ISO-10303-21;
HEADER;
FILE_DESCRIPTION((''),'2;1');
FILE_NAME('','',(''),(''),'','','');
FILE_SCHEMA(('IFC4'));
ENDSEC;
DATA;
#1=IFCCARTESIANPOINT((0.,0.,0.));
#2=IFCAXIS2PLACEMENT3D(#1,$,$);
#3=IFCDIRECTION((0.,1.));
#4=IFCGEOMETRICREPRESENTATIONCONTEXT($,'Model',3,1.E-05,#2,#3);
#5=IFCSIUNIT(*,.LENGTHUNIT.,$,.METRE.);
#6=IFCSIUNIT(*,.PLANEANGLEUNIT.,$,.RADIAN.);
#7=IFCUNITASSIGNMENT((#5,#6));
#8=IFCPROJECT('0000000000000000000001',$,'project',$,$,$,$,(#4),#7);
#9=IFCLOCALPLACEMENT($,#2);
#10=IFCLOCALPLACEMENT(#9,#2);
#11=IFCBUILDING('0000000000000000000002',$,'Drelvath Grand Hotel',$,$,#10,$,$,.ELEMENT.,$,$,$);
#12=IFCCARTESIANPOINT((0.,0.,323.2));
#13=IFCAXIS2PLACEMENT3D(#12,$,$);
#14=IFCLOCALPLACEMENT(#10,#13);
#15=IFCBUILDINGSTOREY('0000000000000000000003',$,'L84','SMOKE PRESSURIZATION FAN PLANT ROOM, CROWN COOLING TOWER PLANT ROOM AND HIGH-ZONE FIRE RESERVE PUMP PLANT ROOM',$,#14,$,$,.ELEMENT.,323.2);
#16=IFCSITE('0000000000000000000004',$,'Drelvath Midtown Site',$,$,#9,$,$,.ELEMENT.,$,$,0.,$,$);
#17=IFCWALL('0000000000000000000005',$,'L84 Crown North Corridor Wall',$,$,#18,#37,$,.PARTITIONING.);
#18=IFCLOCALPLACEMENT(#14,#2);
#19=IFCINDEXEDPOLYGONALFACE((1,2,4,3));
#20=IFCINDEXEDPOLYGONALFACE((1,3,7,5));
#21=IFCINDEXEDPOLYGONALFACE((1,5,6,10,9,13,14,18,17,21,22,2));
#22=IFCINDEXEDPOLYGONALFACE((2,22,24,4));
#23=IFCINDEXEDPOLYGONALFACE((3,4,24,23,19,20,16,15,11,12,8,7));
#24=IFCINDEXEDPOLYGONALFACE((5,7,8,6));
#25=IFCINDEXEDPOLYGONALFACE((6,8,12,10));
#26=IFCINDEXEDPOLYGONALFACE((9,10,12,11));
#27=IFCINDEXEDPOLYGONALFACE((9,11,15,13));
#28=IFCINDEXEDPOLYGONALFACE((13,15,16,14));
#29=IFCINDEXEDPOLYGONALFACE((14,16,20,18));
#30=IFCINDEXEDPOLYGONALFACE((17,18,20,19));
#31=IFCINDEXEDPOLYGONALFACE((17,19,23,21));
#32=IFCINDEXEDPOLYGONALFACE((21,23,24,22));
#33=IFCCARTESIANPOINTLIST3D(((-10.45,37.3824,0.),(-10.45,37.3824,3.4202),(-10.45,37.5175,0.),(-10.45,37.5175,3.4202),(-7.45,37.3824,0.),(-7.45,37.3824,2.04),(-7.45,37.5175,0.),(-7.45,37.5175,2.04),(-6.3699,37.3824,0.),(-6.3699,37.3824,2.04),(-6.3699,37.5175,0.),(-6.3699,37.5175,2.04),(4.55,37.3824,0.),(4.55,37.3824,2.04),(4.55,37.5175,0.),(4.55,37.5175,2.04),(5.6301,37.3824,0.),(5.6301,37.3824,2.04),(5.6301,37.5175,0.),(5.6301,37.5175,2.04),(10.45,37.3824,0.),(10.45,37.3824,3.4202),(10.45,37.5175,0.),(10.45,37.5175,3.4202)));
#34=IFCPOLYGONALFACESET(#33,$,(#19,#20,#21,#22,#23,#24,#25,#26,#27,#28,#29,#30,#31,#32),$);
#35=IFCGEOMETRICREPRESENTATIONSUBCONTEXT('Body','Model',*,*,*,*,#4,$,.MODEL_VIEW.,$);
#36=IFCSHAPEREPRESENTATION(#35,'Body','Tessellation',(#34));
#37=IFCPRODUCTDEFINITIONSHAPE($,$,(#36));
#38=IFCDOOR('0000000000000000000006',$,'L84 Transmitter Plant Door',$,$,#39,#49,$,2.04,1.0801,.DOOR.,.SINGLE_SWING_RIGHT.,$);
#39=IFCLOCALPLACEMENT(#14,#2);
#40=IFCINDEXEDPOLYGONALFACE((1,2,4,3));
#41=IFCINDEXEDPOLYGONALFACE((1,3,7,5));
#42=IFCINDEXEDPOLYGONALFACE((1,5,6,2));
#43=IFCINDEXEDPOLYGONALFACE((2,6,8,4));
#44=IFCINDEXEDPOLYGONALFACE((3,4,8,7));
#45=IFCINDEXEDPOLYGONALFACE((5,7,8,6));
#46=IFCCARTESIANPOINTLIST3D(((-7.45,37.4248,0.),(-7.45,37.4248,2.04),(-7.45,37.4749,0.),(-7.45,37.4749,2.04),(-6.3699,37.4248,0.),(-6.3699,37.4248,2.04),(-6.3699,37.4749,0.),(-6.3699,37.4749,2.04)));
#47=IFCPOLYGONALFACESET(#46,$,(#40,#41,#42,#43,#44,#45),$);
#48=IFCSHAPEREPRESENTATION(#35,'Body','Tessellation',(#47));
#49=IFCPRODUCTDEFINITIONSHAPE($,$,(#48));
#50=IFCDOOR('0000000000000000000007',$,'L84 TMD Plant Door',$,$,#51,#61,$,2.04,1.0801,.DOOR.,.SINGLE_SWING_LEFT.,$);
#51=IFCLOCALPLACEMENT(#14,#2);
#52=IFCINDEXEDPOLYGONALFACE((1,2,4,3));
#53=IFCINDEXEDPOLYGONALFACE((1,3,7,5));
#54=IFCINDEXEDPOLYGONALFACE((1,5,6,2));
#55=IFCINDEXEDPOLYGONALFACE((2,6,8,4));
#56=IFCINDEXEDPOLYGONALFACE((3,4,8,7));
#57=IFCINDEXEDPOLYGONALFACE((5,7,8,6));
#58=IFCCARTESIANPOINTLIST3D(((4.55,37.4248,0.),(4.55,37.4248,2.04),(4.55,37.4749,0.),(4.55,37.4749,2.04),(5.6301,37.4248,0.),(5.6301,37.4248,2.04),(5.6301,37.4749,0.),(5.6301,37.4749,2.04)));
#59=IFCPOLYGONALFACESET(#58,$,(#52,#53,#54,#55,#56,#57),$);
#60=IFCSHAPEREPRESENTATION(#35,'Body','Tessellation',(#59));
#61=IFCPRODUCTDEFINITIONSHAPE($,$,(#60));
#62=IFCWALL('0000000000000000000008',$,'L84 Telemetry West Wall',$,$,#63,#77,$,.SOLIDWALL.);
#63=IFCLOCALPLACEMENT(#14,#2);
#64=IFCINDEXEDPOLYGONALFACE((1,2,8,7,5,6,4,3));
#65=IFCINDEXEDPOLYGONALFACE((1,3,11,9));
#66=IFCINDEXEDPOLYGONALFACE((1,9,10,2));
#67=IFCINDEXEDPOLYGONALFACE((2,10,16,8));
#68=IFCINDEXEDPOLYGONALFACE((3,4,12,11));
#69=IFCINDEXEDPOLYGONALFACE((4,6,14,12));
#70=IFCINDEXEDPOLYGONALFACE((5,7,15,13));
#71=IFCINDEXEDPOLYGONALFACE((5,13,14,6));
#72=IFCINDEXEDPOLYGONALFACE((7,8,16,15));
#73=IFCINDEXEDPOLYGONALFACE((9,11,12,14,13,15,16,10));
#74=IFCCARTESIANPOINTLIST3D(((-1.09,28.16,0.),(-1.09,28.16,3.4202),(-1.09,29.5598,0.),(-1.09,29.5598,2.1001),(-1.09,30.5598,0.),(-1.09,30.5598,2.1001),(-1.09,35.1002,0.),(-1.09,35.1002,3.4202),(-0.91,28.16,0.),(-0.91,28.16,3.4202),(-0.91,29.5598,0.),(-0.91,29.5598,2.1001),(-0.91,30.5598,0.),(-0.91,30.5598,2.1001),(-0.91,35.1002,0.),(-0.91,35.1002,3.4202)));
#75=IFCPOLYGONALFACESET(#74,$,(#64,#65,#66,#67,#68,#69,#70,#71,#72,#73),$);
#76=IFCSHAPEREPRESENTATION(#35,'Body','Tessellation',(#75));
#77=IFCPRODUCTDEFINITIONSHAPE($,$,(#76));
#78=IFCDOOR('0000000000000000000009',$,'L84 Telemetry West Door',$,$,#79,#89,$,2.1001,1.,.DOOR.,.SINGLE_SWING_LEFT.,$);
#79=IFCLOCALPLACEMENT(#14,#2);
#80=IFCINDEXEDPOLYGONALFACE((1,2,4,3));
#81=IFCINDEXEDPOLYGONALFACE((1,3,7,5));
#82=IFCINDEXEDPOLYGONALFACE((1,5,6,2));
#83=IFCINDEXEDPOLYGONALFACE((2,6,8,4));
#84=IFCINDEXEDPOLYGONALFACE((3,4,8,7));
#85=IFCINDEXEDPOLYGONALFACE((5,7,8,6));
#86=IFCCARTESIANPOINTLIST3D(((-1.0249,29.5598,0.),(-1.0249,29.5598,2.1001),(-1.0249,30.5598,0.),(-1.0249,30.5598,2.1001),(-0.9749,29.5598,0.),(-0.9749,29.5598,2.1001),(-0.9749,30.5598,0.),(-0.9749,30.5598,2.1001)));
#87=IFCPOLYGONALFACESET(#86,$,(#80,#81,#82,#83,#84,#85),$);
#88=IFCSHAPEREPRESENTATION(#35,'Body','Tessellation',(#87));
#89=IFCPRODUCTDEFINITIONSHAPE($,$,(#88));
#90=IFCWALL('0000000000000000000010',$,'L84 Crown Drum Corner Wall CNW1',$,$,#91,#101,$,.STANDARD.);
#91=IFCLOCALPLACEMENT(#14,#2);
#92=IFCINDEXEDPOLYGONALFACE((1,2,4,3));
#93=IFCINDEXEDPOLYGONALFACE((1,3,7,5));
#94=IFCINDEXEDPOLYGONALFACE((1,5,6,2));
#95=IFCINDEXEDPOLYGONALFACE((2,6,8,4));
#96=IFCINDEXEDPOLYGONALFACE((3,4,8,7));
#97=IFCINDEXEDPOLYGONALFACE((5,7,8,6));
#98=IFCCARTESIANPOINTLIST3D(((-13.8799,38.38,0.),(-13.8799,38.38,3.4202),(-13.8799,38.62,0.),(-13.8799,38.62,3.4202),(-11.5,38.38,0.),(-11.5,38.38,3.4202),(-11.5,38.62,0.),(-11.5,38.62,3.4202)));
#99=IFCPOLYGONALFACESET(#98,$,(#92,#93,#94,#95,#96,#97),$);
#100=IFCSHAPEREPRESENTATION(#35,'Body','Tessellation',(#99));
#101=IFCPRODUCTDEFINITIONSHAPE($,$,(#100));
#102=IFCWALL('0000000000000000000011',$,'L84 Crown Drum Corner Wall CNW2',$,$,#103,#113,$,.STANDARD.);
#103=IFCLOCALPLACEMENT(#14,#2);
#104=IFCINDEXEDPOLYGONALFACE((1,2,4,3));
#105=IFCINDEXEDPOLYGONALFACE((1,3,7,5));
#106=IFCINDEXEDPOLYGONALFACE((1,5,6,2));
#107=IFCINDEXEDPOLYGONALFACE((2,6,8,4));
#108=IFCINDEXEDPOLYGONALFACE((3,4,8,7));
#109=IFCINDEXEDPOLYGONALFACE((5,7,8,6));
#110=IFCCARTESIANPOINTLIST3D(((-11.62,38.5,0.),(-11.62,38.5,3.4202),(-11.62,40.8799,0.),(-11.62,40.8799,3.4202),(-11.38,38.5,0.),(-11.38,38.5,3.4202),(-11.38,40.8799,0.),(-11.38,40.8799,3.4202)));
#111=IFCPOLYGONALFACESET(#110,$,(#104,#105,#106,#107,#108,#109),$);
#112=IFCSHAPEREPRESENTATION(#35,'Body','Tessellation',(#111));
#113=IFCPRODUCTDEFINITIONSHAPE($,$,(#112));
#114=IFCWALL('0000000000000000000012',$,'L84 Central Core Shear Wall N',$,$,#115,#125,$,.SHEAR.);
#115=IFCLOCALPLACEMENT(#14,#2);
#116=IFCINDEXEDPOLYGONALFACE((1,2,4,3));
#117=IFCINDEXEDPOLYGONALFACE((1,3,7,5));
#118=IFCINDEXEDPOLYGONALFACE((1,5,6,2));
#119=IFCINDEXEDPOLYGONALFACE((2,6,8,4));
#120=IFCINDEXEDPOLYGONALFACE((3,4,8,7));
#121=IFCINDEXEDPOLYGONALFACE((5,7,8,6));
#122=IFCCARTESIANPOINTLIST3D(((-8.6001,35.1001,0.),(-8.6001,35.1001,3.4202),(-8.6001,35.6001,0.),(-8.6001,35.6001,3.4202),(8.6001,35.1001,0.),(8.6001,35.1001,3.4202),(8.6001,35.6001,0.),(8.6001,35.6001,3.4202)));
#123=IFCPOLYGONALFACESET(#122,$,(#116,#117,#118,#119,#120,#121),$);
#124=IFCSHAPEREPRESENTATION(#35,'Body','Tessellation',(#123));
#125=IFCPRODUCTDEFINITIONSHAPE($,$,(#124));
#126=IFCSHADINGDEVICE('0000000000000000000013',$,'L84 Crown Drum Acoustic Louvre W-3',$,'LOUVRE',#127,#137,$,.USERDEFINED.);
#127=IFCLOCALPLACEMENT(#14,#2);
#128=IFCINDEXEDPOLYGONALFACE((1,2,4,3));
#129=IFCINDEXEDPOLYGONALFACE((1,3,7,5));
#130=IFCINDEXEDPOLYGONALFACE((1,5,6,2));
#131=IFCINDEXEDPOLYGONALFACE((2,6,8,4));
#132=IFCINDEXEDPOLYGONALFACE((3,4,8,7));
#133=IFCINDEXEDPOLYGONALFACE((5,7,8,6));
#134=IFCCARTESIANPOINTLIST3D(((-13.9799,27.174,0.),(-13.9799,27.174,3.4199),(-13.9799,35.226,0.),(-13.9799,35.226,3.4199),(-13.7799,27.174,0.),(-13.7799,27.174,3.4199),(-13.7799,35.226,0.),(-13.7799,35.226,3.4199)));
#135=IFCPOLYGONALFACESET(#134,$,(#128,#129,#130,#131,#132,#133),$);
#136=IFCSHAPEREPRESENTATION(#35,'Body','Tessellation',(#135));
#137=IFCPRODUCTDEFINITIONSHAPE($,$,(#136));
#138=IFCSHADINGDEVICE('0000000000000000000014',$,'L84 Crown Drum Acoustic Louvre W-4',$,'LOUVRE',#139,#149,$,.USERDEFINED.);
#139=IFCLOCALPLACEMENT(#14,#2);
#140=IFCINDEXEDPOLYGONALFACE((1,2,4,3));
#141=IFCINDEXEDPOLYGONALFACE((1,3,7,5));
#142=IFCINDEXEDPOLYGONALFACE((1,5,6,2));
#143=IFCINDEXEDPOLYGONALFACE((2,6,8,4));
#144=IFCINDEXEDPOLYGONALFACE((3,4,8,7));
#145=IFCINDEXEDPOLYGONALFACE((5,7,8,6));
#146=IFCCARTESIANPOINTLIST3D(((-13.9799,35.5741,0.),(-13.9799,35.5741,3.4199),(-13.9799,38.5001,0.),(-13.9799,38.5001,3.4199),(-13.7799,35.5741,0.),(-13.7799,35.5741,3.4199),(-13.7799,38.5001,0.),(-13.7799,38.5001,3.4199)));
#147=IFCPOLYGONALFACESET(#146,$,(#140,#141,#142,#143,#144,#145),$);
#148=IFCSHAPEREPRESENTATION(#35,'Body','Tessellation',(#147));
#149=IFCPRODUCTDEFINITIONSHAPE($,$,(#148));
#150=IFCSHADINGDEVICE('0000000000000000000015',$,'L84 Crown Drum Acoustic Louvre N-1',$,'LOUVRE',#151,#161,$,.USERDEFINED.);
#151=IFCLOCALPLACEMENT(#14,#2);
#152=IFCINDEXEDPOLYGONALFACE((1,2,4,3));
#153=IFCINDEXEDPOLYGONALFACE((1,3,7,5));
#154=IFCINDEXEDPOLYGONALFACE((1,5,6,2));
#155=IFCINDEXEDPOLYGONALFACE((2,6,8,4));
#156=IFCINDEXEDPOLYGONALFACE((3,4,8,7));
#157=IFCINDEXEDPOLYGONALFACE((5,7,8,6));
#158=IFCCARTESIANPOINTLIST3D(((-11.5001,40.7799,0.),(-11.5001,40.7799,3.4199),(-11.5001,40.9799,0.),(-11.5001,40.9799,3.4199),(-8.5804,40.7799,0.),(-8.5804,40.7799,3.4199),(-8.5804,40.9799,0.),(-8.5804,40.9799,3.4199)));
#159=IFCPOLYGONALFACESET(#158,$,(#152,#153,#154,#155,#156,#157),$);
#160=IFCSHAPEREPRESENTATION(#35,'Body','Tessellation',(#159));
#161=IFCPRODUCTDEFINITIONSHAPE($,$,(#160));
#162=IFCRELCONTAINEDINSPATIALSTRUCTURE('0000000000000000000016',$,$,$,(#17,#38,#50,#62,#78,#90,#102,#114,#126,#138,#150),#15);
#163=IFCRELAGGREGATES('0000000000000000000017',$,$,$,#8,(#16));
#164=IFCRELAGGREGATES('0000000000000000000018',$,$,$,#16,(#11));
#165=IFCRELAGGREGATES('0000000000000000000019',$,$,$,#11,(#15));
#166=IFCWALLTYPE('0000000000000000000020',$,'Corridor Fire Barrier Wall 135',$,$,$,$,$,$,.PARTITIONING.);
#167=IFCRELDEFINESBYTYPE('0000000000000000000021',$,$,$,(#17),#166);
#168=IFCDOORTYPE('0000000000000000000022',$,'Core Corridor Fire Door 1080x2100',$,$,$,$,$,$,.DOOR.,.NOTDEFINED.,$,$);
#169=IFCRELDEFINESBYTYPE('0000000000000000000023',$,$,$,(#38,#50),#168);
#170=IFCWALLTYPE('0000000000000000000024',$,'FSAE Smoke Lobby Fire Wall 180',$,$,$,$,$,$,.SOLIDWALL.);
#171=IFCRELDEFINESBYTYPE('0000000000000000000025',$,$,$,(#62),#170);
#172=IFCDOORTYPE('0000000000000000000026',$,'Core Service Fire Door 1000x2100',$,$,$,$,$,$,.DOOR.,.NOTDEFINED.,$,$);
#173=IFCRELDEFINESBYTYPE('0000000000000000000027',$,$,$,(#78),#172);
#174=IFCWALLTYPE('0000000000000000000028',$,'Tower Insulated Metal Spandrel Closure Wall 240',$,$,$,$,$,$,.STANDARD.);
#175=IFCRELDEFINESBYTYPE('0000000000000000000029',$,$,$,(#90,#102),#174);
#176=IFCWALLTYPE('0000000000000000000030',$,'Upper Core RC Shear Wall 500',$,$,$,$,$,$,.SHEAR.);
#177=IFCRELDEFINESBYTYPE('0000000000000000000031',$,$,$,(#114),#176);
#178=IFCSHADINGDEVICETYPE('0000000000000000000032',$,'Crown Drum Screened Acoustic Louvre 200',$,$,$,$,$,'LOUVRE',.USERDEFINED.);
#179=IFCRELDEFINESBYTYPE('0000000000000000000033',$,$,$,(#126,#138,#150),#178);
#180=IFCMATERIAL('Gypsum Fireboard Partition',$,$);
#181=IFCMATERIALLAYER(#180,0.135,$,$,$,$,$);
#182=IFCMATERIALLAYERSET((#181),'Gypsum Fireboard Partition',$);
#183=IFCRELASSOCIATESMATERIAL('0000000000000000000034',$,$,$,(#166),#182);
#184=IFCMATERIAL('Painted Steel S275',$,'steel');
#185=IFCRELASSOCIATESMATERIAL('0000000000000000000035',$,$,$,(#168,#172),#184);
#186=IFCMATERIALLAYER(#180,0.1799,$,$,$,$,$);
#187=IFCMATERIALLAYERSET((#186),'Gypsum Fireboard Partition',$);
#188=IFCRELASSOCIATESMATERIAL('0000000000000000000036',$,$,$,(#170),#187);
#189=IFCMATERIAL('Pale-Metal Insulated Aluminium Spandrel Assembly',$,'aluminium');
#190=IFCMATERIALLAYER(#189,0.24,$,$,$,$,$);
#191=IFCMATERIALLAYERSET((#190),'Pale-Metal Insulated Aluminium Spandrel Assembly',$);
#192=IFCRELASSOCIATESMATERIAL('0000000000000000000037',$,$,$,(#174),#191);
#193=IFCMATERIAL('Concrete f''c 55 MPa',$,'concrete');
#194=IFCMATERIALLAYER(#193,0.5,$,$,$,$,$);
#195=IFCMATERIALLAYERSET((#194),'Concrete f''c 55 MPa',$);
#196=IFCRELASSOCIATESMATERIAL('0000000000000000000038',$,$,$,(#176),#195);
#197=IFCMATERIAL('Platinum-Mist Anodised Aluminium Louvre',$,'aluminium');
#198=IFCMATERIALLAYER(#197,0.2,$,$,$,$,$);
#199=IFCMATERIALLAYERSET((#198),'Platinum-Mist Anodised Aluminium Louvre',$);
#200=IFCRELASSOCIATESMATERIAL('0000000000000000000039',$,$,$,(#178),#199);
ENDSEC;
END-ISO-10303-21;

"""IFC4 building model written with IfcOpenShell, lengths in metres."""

from ifc_helpers import new_model, si_unit, direction, frame, frame_2d, origin, origin_2d, place, context, subcontext, project, spatial, rectangle, extrude, material, layer, layer_set, type_object, element, fill, save


model = new_model("IFC4")

# Units and contexts
model_context = context("Model", 3, precision=1e-05, world=origin(), true_north=direction((0.0, 1.0)))
body_context = subcontext(model_context, "Body", "Model", "MODEL_VIEW")
ifc_project = project(units=[si_unit("LENGTHUNIT", "METRE"), si_unit("PLANEANGLEUNIT", "RADIAN")], contexts=[model_context])

# Site, building, storey
site_placement = place(None, origin())
site = spatial("IfcSite", under=ifc_project, at=site_placement, Name="Drelvath Midtown Site", CompositionType="ELEMENT", RefElevation=0.0)
building_placement = place(site_placement, origin())
building = spatial("IfcBuilding", under=site, at=building_placement, Name="Drelvath Grand Hotel", CompositionType="ELEMENT")
storey_placement = place(building_placement, frame((0.0, 0.0, 323.2)))
storey = spatial("IfcBuildingStorey", under=building, at=storey_placement, Name="L84", Description="SMOKE PRESSURIZATION FAN PLANT ROOM, CROWN COOLING TOWER PLANT ROOM AND HIGH-ZONE FIRE RESERVE PUMP PLANT ROOM", CompositionType="ELEMENT", Elevation=323.2)

# Shared definitions
ifc_material_1 = material(Name="Concrete f'c 55 MPa", Category="concrete")

# Wall, openings, doors
ifc_material_2 = material(Name="Gypsum Fireboard Partition")
ifc_layer_1 = layer(ifc_material_2, 0.135)
ifc_layer_set_1 = layer_set([ifc_layer_1], Name="Gypsum Fireboard Partition")
wall_type_1 = type_object("IfcWallType", Name="Corridor Fire Barrier Wall 135", PredefinedType="PARTITIONING", material=ifc_layer_set_1)
wall_1_placement = place(storey_placement, frame((-10.45, 37.45, 0.0), z_axis=(0.0, 0.0, 1.0), x_axis=(1.0, 0.0, 0.0)))
wall_1 = element("IfcWall", 1, at=wall_1_placement, inside=storey, type_object=wall_type_1, Name="L84 Crown North Corridor Wall", PredefinedType="PARTITIONING", context=body_context, shape_type="SweptSolid", body=[
    extrude(rectangle(XDim=20.8999, YDim=0.135, at=frame_2d((10.45, 0.0))), origin(), (0.0, 0.0, 1.0), 3.4202),
])
opening_1_placement = place(wall_1_placement, frame((3.0, 0.0, 0.0)))
opening_1 = element("IfcOpeningElement", 2, at=opening_1_placement, cuts=wall_1, PredefinedType="OPENING", context=body_context, shape_type="SweptSolid", body=[
    extrude(rectangle(XDim=1.0801, YDim=2.04, at=frame_2d((0.54, 1.02))), frame((0.0, 0.0774, 0.0), z_axis=(0.0, -1.0, 0.0), x_axis=(1.0, 0.0, 0.0)), (0.0, 0.0, 1.0), 0.155),
])
opening_2_placement = place(wall_1_placement, frame((15.0, 0.0, 0.0)))
opening_2 = element("IfcOpeningElement", 3, at=opening_2_placement, cuts=wall_1, PredefinedType="OPENING", context=body_context, shape_type="SweptSolid", body=[
    extrude(rectangle(XDim=1.0801, YDim=2.04, at=frame_2d((0.54, 1.02))), frame((0.0, 0.0774, 0.0), z_axis=(0.0, -1.0, 0.0), x_axis=(1.0, 0.0, 0.0)), (0.0, 0.0, 1.0), 0.155),
])
ifc_material_3 = material(Name="Painted Steel S275", Category="steel")
door_type_1 = type_object("IfcDoorType", Name="Core Corridor Fire Door 1080x2100", OperationType="NOTDEFINED", PredefinedType="DOOR", material=ifc_material_3)
door_1_placement = place(opening_1_placement, origin())
door_1 = element("IfcDoor", 4, at=door_1_placement, inside=storey, type_object=door_type_1, Name="L84 Transmitter Plant Door", OperationType="SINGLE_SWING_RIGHT", OverallHeight=2.04, OverallWidth=1.0801, PredefinedType="DOOR", context=body_context, shape_type="SweptSolid", body=[
    extrude(rectangle(XDim=1.0801, YDim=2.04, at=frame_2d((0.54, 1.02))), frame((0.0, 0.0249, 0.0), z_axis=(0.0, -1.0, 0.0), x_axis=(1.0, 0.0, 0.0)), (0.0, 0.0, 1.0), 0.05),
])
fill(opening_1, door_1)
door_2_placement = place(opening_2_placement, origin())
door_2 = element("IfcDoor", 5, at=door_2_placement, inside=storey, type_object=door_type_1, Name="L84 TMD Plant Door", OperationType="SINGLE_SWING_LEFT", OverallHeight=2.04, OverallWidth=1.0801, PredefinedType="DOOR", context=body_context, shape_type="SweptSolid", body=[
    extrude(rectangle(XDim=1.0801, YDim=2.04, at=frame_2d((0.54, 1.02))), frame((0.0, 0.0249, 0.0), z_axis=(0.0, -1.0, 0.0), x_axis=(1.0, 0.0, 0.0)), (0.0, 0.0, 1.0), 0.05),
])
fill(opening_2, door_2)

# Wall, opening, door
ifc_layer_2 = layer(ifc_material_2, 0.1799)
ifc_layer_set_2 = layer_set([ifc_layer_2], Name="Gypsum Fireboard Partition")
wall_type_2 = type_object("IfcWallType", Name="FSAE Smoke Lobby Fire Wall 180", PredefinedType="SOLIDWALL", material=ifc_layer_set_2)
wall_2_placement = place(storey_placement, frame((-1.0, 28.1599, 0.0), z_axis=(0.0, 0.0, 1.0), x_axis=(0.0, 1.0, 0.0)))
wall_2 = element("IfcWall", 6, at=wall_2_placement, inside=storey, type_object=wall_type_2, Name="L84 Telemetry West Wall", PredefinedType="SOLIDWALL", context=body_context, shape_type="SweptSolid", body=[
    extrude(rectangle(XDim=6.9402, YDim=0.1799, at=frame_2d((3.4702, 0.0))), origin(), (0.0, 0.0, 1.0), 3.4202),
])
opening_3_placement = place(wall_2_placement, frame((1.3999, 0.0, 0.0)))
opening_3 = element("IfcOpeningElement", 7, at=opening_3_placement, cuts=wall_2, PredefinedType="OPENING", context=body_context, shape_type="SweptSolid", body=[
    extrude(rectangle(XDim=1.0, YDim=2.1001, at=frame_2d((0.5, 1.05))), frame((0.0, 0.0999, 0.0), z_axis=(0.0, -1.0, 0.0), x_axis=(1.0, 0.0, 0.0)), (0.0, 0.0, 1.0), 0.2),
])
door_type_2 = type_object("IfcDoorType", Name="Core Service Fire Door 1000x2100", OperationType="NOTDEFINED", PredefinedType="DOOR", material=ifc_material_3)
door_3_placement = place(opening_3_placement, origin())
door_3 = element("IfcDoor", 8, at=door_3_placement, inside=storey, type_object=door_type_2, Name="L84 Telemetry West Door", OperationType="SINGLE_SWING_LEFT", OverallHeight=2.1001, OverallWidth=1.0, PredefinedType="DOOR", context=body_context, shape_type="SweptSolid", body=[
    extrude(rectangle(XDim=1.0, YDim=2.1001, at=frame_2d((0.5, 1.05))), frame((0.0, 0.0249, 0.0), z_axis=(0.0, -1.0, 0.0), x_axis=(1.0, 0.0, 0.0)), (0.0, 0.0, 1.0), 0.05),
])
fill(opening_3, door_3)

# Walls
ifc_material_4 = material(Name="Pale-Metal Insulated Aluminium Spandrel Assembly", Category="aluminium")
ifc_layer_3 = layer(ifc_material_4, 0.24)
ifc_layer_set_3 = layer_set([ifc_layer_3], Name="Pale-Metal Insulated Aluminium Spandrel Assembly")
wall_type_3 = type_object("IfcWallType", Name="Tower Insulated Metal Spandrel Closure Wall 240", PredefinedType="STANDARD", material=ifc_layer_set_3)
for number, where, z_axis, x_axis, name in (
    (9, (-13.8799, 38.5, 0.0), (0.0, 0.0, 1.0), (1.0, 0.0, 0.0), "L84 Crown Drum Corner Wall CNW1"),
    (10, (-11.5, 38.5, 0.0), (0.0, 0.0, 1.0), (0.0, 1.0, 0.0), "L84 Crown Drum Corner Wall CNW2"),
):
    element("IfcWall", number, at=place(storey_placement, frame(where, z_axis=z_axis, x_axis=x_axis)), inside=storey, type_object=wall_type_3, Name=name, PredefinedType="STANDARD", context=body_context, shape_type="SweptSolid", body=[
        extrude(rectangle(XDim=2.3799, YDim=0.24, at=frame_2d((1.1899, 0.0))), origin(), (0.0, 0.0, 1.0), 3.4202),
    ])
ifc_layer_4 = layer(ifc_material_1, 0.5)
ifc_layer_set_4 = layer_set([ifc_layer_4], Name="Concrete f'c 55 MPa")
wall_type_4 = type_object("IfcWallType", Name="Upper Core RC Shear Wall 500", PredefinedType="SHEAR", material=ifc_layer_set_4)
wall_3_placement = place(storey_placement, frame((-8.6001, 35.3501, 0.0), z_axis=(0.0, 0.0, 1.0), x_axis=(1.0, 0.0, 0.0)))
element("IfcWall", 11, at=wall_3_placement, inside=storey, type_object=wall_type_4, Name="L84 Central Core Shear Wall N", PredefinedType="SHEAR", context=body_context, shape_type="SweptSolid", body=[
    extrude(rectangle(XDim=17.2002, YDim=0.5, at=frame_2d((8.6001, 0.0))), origin(), (0.0, 0.0, 1.0), 3.4202),
])

# Shading devices
ifc_material_5 = material(Name="Platinum-Mist Anodised Aluminium Louvre", Category="aluminium")
ifc_layer_5 = layer(ifc_material_5, 0.2)
ifc_layer_set_5 = layer_set([ifc_layer_5], Name="Platinum-Mist Anodised Aluminium Louvre")
shading_device_type = type_object("IfcShadingDeviceType", Name="Crown Drum Screened Acoustic Louvre 200", ElementType="LOUVRE", PredefinedType="USERDEFINED", material=ifc_layer_set_5)
shading_device_1_placement = place(storey_placement, frame((-13.8799, 31.2, 0.0), z_axis=(0.0, 0.0, 1.0), x_axis=(0.0, 1.0, 0.0)))
element("IfcShadingDevice", 12, at=shading_device_1_placement, inside=storey, type_object=shading_device_type, Name="L84 Crown Drum Acoustic Louvre W-3", ObjectType="LOUVRE", PredefinedType="USERDEFINED", context=body_context, shape_type="SweptSolid", body=[
    extrude(rectangle(XDim=8.052, YDim=0.2, at=origin_2d()), origin(), (0.0, 0.0, 1.0), 3.4199),
])
shading_device_2_placement = place(storey_placement, frame((-13.8799, 37.0371, 0.0), z_axis=(0.0, 0.0, 1.0), x_axis=(0.0, 1.0, 0.0)))
element("IfcShadingDevice", 13, at=shading_device_2_placement, inside=storey, type_object=shading_device_type, Name="L84 Crown Drum Acoustic Louvre W-4", ObjectType="LOUVRE", PredefinedType="USERDEFINED", context=body_context, shape_type="SweptSolid", body=[
    extrude(rectangle(XDim=2.926, YDim=0.2, at=origin_2d()), origin(), (0.0, 0.0, 1.0), 3.4199),
])
shading_device_3_placement = place(storey_placement, frame((-10.0403, 40.8799, 0.0), z_axis=(0.0, 0.0, 1.0), x_axis=(1.0, 0.0, 0.0)))
element("IfcShadingDevice", 14, at=shading_device_3_placement, inside=storey, type_object=shading_device_type, Name="L84 Crown Drum Acoustic Louvre N-1", ObjectType="LOUVRE", PredefinedType="USERDEFINED", context=body_context, shape_type="SweptSolid", body=[
    extrude(rectangle(XDim=2.9197, YDim=0.2, at=origin_2d()), origin(), (0.0, 0.0, 1.0), 3.4199),
])

save(model, "model.ifc")
